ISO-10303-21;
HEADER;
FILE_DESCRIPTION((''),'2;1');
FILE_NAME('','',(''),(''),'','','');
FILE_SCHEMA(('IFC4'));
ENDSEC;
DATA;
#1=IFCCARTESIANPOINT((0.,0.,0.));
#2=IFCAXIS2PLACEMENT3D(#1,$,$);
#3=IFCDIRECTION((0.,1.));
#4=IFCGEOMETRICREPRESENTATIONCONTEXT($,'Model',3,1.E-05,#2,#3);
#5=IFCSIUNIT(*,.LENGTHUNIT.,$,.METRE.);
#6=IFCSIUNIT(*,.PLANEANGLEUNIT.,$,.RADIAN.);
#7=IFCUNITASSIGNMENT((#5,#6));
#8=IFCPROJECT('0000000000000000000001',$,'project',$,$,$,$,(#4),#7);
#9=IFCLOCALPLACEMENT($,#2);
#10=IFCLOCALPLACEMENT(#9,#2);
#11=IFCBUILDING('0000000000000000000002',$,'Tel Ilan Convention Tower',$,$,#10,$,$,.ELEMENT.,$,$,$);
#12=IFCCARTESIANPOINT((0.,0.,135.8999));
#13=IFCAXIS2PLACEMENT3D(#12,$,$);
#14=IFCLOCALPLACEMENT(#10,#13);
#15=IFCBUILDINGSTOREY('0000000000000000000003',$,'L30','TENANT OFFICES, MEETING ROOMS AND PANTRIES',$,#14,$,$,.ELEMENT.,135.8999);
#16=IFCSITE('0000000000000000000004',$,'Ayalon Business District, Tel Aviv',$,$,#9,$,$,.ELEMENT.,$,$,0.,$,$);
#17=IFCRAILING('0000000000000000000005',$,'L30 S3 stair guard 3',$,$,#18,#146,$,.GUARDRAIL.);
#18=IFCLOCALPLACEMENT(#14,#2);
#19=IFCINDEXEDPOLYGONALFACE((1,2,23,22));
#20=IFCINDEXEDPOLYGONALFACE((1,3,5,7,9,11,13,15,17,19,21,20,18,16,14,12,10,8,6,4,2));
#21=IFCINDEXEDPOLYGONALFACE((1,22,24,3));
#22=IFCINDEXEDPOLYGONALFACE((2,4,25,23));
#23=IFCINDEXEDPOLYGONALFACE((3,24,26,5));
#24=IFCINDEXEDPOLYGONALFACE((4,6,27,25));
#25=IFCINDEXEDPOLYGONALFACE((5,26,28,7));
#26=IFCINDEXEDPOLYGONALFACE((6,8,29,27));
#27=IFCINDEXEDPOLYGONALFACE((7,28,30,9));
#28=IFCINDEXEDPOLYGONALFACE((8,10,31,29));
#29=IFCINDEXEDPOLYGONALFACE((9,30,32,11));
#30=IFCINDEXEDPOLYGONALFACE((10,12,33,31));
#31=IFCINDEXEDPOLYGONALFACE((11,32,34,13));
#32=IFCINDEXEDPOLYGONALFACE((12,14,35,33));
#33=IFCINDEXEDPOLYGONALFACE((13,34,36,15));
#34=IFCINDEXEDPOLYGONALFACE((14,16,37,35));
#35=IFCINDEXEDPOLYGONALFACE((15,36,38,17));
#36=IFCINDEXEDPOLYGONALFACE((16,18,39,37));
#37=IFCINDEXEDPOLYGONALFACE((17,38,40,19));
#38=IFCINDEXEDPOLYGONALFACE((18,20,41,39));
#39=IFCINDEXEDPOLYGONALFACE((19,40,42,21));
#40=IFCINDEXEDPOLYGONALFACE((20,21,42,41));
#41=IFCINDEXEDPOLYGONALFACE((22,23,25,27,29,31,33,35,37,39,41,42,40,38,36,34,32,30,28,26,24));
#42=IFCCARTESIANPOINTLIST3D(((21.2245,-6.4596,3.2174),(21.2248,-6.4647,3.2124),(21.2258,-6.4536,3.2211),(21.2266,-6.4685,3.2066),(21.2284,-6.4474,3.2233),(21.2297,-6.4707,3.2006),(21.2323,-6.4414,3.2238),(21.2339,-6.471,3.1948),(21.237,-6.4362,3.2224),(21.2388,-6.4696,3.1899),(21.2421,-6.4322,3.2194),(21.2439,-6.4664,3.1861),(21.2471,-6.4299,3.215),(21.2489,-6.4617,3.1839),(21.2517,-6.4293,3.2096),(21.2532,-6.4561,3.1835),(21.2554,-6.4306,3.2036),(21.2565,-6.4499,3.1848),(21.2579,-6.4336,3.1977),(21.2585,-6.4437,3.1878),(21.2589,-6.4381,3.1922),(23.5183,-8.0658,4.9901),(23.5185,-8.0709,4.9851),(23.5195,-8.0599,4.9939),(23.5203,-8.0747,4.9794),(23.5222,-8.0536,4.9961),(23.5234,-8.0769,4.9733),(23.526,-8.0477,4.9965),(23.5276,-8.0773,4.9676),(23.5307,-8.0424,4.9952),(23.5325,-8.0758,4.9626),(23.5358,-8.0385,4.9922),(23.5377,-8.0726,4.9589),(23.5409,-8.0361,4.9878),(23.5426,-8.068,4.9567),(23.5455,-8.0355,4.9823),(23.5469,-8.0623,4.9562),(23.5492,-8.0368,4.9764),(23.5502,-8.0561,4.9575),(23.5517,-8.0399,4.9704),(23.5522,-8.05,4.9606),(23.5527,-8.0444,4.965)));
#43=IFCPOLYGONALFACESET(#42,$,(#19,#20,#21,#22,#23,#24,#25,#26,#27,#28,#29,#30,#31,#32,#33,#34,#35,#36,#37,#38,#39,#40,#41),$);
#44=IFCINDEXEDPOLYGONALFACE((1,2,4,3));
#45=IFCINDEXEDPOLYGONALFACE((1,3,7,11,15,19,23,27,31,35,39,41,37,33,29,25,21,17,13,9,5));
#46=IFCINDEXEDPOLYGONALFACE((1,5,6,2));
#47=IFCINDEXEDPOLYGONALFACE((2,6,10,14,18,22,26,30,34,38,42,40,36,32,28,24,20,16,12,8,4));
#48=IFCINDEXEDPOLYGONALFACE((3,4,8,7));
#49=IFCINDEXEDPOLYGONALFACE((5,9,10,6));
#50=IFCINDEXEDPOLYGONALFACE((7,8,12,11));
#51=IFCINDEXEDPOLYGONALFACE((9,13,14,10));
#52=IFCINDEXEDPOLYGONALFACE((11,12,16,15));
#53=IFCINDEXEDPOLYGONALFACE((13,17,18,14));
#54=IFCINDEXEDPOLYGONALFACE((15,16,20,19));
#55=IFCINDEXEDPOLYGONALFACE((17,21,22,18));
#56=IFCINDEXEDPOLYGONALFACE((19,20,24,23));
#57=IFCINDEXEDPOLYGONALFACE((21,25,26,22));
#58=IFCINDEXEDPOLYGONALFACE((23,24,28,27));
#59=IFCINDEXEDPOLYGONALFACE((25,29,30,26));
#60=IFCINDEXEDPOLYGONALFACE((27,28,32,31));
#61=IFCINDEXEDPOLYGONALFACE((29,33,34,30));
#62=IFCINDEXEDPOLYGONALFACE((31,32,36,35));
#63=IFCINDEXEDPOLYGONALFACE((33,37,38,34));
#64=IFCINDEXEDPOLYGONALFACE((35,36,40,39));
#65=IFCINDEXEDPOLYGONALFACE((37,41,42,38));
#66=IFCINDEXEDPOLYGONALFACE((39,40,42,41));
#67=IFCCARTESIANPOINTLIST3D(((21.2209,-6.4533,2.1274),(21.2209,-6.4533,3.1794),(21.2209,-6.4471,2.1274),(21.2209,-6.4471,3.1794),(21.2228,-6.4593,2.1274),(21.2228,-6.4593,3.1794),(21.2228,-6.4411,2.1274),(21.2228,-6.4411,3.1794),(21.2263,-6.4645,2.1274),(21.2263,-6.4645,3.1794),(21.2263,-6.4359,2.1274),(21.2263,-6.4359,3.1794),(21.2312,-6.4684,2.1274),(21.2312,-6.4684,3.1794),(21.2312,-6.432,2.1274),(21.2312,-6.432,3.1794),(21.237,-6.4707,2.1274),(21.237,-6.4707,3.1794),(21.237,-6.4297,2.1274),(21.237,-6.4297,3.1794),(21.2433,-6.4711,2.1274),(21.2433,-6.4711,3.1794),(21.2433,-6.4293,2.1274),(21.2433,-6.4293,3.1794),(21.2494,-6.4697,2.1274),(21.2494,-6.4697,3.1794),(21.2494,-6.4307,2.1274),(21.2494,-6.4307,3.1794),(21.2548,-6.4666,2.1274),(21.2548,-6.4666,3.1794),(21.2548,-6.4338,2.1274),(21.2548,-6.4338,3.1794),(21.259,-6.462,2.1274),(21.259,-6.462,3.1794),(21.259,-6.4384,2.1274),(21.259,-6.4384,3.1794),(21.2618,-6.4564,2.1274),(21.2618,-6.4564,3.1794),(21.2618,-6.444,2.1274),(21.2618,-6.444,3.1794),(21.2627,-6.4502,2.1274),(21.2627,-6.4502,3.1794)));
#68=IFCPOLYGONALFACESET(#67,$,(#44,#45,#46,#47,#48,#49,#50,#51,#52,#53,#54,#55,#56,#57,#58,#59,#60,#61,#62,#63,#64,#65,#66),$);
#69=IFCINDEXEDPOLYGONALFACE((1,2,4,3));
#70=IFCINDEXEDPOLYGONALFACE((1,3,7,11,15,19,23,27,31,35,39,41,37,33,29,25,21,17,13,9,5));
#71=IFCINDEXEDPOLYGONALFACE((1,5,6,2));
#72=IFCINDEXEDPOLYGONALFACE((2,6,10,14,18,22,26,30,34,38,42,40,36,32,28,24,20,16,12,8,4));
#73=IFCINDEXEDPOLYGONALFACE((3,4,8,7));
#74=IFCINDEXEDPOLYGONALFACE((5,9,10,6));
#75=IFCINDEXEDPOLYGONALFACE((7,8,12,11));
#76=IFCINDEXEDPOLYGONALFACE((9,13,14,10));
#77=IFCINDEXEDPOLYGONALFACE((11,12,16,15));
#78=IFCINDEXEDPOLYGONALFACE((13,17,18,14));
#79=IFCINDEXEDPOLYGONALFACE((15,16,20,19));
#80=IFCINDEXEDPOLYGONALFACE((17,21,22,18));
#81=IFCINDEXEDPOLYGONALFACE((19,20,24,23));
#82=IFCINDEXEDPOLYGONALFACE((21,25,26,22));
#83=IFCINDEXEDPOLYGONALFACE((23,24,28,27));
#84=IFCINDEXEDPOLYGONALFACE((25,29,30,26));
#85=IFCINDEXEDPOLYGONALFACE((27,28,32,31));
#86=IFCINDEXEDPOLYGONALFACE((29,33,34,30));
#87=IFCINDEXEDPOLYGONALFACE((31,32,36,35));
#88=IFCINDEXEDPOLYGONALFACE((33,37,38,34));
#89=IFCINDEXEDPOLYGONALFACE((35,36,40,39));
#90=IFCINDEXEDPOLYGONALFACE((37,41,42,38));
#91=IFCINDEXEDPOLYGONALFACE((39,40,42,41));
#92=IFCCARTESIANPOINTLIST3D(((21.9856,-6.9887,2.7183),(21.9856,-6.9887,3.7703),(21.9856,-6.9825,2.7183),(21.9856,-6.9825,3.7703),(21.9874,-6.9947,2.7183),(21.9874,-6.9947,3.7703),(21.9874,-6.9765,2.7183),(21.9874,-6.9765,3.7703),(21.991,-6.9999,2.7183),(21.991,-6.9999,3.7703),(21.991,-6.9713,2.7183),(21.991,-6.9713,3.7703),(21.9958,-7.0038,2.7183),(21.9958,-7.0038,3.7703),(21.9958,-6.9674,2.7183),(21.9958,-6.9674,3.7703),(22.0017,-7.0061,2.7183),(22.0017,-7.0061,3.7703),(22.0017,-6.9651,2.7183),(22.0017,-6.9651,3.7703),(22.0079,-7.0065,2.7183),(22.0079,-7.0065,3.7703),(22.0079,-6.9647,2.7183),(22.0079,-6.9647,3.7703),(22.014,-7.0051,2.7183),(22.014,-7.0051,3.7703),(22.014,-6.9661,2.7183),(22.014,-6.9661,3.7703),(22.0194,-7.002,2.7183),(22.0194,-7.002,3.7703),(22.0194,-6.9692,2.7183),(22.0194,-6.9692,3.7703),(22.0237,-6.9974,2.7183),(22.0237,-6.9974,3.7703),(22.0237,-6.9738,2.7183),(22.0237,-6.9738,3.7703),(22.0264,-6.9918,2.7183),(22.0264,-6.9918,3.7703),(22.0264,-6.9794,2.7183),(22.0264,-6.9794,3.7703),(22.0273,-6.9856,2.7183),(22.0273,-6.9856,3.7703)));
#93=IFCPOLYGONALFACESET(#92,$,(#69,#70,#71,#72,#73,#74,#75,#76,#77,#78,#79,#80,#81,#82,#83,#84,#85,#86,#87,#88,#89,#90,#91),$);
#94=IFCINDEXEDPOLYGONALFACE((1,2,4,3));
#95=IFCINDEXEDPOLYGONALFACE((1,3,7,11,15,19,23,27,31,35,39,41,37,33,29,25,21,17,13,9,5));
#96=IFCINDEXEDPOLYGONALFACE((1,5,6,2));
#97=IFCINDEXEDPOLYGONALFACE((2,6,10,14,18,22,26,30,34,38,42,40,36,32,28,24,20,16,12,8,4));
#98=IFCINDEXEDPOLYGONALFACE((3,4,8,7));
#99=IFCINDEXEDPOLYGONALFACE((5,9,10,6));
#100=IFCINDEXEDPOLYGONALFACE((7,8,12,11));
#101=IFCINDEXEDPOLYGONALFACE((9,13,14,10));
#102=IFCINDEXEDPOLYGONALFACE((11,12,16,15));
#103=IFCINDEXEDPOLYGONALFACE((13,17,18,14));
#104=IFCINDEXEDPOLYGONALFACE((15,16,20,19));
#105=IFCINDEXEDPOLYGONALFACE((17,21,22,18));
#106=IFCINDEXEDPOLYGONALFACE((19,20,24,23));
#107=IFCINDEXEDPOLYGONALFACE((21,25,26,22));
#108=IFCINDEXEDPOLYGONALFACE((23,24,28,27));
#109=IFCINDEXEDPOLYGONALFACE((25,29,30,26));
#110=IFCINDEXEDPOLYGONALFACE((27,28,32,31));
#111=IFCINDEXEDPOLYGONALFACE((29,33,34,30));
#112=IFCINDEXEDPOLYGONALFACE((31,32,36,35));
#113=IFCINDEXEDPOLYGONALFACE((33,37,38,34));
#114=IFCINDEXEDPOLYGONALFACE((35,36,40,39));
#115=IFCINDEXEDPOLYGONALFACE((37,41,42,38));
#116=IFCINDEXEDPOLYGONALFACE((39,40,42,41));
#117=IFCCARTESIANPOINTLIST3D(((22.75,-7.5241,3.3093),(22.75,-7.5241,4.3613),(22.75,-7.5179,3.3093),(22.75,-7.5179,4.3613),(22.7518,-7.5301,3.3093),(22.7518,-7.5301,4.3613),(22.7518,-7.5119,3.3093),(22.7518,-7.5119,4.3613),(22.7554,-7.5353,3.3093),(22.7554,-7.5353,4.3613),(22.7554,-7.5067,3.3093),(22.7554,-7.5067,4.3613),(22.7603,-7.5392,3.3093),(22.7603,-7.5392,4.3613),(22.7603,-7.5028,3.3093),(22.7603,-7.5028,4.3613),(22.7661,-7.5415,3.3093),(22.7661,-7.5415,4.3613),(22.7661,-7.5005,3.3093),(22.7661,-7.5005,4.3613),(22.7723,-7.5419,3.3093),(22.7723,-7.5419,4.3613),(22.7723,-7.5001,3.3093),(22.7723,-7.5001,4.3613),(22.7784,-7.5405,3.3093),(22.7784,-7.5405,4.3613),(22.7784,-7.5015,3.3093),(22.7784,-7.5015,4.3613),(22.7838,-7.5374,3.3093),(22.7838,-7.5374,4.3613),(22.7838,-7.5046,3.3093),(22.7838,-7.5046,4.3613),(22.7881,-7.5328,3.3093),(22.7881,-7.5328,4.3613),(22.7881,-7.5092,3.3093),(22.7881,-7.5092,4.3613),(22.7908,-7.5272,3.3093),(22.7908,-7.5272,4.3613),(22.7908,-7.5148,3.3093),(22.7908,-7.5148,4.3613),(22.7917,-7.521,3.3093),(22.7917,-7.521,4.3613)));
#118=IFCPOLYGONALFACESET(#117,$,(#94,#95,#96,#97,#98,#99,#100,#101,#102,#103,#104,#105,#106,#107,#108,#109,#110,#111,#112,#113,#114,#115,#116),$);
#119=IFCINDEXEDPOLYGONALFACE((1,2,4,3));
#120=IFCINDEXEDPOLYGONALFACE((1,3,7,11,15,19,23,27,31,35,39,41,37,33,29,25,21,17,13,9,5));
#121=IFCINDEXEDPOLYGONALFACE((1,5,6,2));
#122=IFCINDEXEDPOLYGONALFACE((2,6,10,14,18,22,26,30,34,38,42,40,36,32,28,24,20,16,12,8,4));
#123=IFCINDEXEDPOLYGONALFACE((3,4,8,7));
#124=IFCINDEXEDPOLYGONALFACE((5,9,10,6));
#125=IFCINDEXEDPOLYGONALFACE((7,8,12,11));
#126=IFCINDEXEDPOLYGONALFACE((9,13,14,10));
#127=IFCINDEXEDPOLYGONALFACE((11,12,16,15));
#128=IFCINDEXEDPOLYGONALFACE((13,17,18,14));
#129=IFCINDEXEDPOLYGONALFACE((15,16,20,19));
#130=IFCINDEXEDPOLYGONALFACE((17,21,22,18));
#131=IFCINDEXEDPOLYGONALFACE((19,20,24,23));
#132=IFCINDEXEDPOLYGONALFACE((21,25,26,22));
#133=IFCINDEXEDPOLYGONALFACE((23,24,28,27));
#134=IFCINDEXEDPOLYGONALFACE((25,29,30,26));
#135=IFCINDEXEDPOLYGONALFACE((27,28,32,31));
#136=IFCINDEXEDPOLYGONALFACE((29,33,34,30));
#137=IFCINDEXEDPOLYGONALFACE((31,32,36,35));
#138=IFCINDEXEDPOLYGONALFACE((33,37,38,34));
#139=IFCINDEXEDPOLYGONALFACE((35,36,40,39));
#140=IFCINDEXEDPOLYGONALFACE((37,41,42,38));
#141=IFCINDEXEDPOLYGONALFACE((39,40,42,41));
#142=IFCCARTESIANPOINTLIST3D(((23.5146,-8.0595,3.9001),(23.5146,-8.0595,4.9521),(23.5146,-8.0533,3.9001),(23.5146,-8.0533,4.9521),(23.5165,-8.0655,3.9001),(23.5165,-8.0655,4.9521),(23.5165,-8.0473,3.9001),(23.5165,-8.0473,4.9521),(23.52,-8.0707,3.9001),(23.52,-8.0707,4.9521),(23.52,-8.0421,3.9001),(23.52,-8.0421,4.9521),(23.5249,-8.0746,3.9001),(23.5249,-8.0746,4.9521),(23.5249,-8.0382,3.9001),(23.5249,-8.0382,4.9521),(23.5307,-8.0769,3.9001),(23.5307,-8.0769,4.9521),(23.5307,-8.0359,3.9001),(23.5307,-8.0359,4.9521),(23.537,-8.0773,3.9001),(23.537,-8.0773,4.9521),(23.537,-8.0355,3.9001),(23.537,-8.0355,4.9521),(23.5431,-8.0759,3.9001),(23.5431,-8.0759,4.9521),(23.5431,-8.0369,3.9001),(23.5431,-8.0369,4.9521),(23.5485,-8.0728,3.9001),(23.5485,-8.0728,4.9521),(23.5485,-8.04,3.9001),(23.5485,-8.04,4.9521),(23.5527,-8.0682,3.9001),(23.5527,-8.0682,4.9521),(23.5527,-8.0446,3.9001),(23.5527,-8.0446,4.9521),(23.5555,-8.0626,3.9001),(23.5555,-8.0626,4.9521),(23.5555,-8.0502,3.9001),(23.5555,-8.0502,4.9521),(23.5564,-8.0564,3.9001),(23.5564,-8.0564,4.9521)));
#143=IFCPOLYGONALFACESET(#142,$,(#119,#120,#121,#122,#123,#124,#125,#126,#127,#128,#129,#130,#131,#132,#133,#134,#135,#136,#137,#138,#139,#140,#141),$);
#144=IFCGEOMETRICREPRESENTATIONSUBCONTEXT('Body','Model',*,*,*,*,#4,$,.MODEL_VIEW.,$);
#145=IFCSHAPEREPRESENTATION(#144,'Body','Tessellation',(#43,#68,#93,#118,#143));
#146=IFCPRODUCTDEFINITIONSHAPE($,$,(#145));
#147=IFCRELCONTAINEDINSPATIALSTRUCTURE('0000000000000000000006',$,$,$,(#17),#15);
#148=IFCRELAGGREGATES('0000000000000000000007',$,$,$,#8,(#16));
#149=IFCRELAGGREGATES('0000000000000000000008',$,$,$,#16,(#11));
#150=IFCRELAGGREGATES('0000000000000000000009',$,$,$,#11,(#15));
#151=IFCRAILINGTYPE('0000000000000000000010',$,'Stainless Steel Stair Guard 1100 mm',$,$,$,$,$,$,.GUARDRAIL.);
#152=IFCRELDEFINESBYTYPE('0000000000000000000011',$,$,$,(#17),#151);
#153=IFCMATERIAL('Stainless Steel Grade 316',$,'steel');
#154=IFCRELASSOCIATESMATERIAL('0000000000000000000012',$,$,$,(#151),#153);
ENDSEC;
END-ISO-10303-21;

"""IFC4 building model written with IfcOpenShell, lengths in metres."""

from ifc_helpers import new_model, si_unit, direction, frame, origin, origin_2d, place, context, subcontext, project, spatial, circle, extrude, material, type_object, element, save


model = new_model("IFC4")

# Units and contexts
model_context = context("Model", 3, precision=1e-05, world=origin(), true_north=direction((0.0, 1.0)))
body_context = subcontext(model_context, "Body", "Model", "MODEL_VIEW")
ifc_project = project(units=[si_unit("LENGTHUNIT", "METRE"), si_unit("PLANEANGLEUNIT", "RADIAN")], contexts=[model_context])

# Site, building, storey
site_placement = place(None, origin())
site = spatial("IfcSite", under=ifc_project, at=site_placement, Name="Ayalon Business District, Tel Aviv", CompositionType="ELEMENT", RefElevation=0.0)
building_placement = place(site_placement, origin())
building = spatial("IfcBuilding", under=site, at=building_placement, Name="Tel Ilan Convention Tower", CompositionType="ELEMENT")
storey_placement = place(building_placement, frame((0.0, 0.0, 135.8999)))
storey = spatial("IfcBuildingStorey", under=building, at=storey_placement, Name="L30", Description="TENANT OFFICES, MEETING ROOMS AND PANTRIES", CompositionType="ELEMENT", Elevation=135.8999)

# Railing
ifc_material_1 = material(Name="Stainless Steel Grade 316", Category="steel")
railing_type_1 = type_object("IfcRailingType", Name="Stainless Steel Stair Guard 1100 mm", PredefinedType="GUARDRAIL", material=ifc_material_1)
railing_1_placement = place(storey_placement, frame((21.2417, -6.4502, 2.1274)))
element("IfcRailing", 1, at=railing_1_placement, inside=storey, type_object=railing_type_1, Name="L30 S3 stair guard 3", PredefinedType="GUARDRAIL", context=body_context, shape_type="SweptSolid", body=[
    extrude(circle(Radius=0.0239, at=origin_2d()), frame((0.0, 0.0, 1.0762), z_axis=(0.692098, -0.484653, 0.534894), x_axis=(0.573609, 0.81913, 0.0)), (0.0, 0.0, 1.0), 3.3142),
    extrude(circle(Radius=0.021, at=origin_2d()), origin(), (0.0, 0.0, 1.0), 1.052),
    extrude(circle(Radius=0.021, at=origin_2d()), frame((0.7646, -0.5354, 0.5908)), (0.0, 0.0, 1.0), 1.052),
    extrude(circle(Radius=0.021, at=origin_2d()), frame((1.5291, -1.0708, 1.1819)), (0.0, 0.0, 1.0), 1.052),
    extrude(circle(Radius=0.021, at=origin_2d()), frame((2.2937, -1.6062, 1.7727)), (0.0, 0.0, 1.0), 1.052),
])

save(model, "model.ifc")
